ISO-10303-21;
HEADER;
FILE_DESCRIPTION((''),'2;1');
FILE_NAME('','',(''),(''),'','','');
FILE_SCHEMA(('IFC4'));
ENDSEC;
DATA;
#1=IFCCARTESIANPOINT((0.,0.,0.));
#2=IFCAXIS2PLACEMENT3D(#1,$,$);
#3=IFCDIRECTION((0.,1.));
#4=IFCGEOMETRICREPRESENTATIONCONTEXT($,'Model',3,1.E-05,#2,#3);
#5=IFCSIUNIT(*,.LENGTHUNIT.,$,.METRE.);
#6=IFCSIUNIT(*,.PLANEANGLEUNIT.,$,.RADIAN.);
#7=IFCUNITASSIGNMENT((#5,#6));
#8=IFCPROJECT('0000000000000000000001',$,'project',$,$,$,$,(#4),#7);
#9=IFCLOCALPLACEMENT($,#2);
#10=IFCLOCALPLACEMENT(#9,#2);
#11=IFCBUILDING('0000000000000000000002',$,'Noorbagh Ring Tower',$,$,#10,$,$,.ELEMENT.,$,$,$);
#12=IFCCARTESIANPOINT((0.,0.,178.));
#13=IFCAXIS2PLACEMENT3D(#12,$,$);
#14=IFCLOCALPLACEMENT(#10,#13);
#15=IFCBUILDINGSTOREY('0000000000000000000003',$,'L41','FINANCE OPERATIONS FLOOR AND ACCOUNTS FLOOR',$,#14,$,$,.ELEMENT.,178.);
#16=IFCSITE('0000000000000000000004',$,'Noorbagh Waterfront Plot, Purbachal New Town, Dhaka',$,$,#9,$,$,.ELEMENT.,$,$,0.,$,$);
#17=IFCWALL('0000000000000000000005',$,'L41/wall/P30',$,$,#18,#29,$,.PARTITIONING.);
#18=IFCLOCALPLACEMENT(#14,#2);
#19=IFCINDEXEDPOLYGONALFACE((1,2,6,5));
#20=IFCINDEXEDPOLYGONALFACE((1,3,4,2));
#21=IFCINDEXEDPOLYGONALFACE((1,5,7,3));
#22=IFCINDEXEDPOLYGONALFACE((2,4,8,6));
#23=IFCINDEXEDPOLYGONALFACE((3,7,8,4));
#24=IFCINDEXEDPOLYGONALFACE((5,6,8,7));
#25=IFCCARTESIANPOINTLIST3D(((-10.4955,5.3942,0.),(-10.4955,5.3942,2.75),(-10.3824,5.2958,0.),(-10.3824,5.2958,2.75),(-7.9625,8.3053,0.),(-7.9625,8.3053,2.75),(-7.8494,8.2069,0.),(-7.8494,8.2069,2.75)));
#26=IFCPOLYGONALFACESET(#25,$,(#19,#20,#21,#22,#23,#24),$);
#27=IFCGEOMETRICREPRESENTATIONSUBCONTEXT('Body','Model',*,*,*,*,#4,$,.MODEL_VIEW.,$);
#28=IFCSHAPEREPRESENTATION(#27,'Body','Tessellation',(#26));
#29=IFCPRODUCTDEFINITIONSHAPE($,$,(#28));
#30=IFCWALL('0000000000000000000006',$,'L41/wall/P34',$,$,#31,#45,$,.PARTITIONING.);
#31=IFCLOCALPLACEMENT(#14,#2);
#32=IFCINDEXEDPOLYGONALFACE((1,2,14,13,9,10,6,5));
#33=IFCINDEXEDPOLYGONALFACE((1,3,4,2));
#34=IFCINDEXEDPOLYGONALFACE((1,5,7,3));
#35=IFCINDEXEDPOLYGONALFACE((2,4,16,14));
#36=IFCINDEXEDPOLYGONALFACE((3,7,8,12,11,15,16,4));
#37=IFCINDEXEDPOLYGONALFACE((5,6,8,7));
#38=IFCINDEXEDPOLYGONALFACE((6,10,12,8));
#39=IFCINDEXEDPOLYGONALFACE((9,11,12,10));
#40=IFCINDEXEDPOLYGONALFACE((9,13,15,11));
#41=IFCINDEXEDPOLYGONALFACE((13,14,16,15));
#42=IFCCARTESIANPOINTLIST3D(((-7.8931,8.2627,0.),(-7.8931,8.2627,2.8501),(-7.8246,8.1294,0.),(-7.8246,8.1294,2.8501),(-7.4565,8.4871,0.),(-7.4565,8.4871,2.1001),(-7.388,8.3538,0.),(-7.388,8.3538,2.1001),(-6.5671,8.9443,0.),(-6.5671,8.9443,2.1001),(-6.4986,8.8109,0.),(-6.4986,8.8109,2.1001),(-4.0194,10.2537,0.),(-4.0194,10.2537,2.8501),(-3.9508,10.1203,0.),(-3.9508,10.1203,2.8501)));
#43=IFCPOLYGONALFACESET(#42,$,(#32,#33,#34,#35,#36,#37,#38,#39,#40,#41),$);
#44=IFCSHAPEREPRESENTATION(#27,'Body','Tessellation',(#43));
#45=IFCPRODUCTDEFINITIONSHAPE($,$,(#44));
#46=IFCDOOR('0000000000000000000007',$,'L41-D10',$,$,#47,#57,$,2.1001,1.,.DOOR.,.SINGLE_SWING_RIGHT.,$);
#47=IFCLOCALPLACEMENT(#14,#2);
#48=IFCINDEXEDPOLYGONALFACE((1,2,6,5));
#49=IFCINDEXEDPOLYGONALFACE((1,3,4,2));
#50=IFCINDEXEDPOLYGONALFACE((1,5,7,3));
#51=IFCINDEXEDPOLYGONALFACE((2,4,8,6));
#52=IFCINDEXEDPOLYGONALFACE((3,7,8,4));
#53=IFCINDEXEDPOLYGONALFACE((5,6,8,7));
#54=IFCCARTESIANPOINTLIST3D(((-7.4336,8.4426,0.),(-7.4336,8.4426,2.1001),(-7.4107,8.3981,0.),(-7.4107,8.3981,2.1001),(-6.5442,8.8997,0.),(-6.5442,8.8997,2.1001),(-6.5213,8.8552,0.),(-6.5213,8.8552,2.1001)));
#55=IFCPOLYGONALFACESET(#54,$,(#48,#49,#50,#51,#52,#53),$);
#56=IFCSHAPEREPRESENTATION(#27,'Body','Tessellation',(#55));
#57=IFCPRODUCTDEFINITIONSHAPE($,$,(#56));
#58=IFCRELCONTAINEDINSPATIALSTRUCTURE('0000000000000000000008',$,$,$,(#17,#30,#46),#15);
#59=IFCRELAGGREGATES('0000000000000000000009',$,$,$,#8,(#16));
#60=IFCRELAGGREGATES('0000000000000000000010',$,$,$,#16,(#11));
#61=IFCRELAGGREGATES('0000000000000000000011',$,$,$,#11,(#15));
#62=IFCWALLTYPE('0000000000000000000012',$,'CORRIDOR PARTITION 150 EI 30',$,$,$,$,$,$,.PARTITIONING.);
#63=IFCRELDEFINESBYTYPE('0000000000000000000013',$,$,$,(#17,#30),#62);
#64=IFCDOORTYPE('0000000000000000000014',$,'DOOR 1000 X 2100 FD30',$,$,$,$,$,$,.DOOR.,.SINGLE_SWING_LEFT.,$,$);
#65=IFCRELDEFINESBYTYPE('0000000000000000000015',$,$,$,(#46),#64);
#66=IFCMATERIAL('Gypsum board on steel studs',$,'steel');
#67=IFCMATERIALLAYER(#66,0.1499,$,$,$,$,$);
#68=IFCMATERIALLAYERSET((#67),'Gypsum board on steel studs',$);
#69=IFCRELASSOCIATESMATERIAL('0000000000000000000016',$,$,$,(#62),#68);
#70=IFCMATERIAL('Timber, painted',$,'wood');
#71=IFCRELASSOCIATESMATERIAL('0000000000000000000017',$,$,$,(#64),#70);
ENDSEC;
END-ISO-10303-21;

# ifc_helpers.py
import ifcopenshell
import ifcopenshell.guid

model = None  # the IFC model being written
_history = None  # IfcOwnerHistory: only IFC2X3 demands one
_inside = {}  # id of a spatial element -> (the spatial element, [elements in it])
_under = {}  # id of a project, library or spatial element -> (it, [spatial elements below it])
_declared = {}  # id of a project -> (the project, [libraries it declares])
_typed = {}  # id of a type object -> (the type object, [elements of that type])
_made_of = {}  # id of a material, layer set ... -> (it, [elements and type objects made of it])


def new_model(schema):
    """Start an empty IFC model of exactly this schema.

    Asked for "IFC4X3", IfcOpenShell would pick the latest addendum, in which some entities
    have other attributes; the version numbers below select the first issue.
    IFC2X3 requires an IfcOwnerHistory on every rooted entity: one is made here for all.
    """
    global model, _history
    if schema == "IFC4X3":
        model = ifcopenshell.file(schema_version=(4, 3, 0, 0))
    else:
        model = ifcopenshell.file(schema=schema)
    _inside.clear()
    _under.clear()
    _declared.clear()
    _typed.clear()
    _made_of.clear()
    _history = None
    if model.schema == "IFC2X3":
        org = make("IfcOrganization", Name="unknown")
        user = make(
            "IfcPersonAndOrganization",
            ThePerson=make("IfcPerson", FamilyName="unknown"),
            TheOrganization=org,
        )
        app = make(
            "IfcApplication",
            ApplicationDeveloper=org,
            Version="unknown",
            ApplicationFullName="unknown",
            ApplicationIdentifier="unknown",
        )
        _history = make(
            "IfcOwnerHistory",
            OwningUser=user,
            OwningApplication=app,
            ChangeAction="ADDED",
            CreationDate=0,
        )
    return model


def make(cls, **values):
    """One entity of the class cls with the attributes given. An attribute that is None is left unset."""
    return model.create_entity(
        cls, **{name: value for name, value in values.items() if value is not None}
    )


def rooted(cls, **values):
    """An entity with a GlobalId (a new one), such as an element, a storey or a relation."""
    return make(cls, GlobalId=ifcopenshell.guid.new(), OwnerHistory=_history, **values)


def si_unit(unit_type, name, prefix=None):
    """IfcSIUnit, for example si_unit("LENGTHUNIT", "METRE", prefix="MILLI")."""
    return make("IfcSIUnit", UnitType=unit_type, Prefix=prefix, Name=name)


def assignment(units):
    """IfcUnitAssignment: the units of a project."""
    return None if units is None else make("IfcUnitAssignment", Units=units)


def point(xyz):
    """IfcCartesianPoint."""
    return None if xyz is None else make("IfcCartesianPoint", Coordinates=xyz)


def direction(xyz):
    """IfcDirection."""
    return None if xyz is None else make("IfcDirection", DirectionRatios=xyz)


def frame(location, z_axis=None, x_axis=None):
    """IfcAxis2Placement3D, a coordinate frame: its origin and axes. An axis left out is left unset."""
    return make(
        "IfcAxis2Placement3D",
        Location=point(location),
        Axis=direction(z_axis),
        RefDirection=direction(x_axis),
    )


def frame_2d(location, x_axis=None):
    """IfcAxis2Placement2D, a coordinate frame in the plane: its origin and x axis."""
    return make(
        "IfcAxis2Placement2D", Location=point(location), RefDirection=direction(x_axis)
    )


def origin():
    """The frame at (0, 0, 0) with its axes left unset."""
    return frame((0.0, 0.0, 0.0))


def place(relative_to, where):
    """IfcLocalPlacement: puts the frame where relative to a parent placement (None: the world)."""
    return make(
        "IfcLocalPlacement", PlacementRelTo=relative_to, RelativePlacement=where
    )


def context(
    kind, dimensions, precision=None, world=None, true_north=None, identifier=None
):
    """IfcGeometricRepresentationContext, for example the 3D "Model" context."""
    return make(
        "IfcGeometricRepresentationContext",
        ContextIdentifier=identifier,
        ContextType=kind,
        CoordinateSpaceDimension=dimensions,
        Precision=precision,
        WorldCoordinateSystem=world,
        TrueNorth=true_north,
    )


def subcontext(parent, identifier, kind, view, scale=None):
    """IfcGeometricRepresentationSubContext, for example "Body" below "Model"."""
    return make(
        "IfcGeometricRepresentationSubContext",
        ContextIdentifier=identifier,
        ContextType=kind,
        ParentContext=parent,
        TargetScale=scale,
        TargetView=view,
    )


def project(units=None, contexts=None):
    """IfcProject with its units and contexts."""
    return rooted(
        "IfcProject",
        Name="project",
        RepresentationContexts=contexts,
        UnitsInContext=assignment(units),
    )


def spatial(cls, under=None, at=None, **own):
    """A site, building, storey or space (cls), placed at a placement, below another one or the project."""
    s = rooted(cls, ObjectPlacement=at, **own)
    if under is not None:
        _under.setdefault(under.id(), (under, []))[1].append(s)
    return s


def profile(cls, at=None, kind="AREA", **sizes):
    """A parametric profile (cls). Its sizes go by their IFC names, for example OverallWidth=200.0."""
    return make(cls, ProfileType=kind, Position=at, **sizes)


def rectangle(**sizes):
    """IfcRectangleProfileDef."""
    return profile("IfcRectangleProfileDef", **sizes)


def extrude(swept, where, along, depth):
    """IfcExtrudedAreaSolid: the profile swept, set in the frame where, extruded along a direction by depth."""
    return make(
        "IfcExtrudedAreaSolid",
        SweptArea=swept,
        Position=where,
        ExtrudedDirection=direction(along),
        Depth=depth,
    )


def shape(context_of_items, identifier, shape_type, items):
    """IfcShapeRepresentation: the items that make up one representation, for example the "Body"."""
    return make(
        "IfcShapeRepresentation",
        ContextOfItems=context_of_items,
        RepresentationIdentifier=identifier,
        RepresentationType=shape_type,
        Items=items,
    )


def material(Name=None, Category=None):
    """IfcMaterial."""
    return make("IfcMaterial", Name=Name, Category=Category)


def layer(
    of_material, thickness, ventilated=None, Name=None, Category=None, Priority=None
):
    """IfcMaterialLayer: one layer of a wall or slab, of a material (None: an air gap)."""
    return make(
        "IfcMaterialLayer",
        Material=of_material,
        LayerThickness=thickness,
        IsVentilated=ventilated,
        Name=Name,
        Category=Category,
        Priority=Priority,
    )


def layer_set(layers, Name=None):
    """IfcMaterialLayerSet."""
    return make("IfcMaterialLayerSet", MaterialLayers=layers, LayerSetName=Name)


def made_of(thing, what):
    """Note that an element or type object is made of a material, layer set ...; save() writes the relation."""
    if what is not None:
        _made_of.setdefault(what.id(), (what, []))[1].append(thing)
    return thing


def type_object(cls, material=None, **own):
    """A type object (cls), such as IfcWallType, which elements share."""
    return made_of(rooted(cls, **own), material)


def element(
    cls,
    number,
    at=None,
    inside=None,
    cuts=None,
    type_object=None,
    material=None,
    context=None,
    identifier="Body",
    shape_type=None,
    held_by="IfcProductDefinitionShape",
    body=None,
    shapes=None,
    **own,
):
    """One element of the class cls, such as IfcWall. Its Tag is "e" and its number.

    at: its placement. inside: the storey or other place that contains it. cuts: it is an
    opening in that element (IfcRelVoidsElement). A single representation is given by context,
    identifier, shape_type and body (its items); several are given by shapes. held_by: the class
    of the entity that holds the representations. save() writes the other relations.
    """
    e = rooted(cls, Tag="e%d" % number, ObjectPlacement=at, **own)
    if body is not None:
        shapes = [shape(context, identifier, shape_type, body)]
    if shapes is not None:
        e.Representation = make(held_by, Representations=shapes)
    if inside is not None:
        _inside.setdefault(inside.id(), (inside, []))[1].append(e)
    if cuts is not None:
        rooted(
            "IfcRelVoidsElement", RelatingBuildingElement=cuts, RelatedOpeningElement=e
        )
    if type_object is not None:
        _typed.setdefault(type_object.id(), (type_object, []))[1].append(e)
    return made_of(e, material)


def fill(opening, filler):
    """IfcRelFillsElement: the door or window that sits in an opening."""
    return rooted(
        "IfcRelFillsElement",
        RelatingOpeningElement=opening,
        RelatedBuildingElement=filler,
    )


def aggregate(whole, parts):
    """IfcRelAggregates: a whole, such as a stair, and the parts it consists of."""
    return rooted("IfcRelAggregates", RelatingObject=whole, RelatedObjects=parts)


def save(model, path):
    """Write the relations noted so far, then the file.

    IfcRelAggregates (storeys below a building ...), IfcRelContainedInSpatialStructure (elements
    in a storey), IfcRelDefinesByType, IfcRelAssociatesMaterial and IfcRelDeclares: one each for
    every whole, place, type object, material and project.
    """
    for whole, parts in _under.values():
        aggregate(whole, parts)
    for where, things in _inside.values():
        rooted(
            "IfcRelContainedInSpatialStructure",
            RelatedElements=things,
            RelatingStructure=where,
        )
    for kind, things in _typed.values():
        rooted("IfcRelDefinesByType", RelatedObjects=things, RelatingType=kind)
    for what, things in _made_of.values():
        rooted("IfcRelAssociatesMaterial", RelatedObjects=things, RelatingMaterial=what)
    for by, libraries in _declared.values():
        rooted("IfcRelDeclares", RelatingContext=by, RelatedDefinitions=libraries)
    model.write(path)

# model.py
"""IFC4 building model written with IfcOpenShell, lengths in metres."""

from ifc_helpers import new_model, si_unit, direction, frame, frame_2d, origin, place, context, subcontext, project, spatial, rectangle, extrude, material, layer, layer_set, type_object, element, fill, save


model = new_model("IFC4")

# Units and contexts
model_context = context("Model", 3, precision=1e-05, world=origin(), true_north=direction((0.0, 1.0)))
body_context = subcontext(model_context, "Body", "Model", "MODEL_VIEW")
ifc_project = project(units=[si_unit("LENGTHUNIT", "METRE"), si_unit("PLANEANGLEUNIT", "RADIAN")], contexts=[model_context])

# Site, building, storey
site_placement = place(None, origin())
site = spatial("IfcSite", under=ifc_project, at=site_placement, Name="Noorbagh Waterfront Plot, Purbachal New Town, Dhaka", CompositionType="ELEMENT", RefElevation=0.0)
building_placement = place(site_placement, origin())
building = spatial("IfcBuilding", under=site, at=building_placement, Name="Noorbagh Ring Tower", CompositionType="ELEMENT")
storey_placement = place(building_placement, frame((0.0, 0.0, 178.0)))
storey = spatial("IfcBuildingStorey", under=building, at=storey_placement, Name="L41", Description="FINANCE OPERATIONS FLOOR AND ACCOUNTS FLOOR", CompositionType="ELEMENT", Elevation=178.0)

# Shared definitions
ifc_material_1 = material(Name="Gypsum board on steel studs", Category="steel")
ifc_layer_1 = layer(ifc_material_1, 0.1499)
ifc_layer_set_1 = layer_set([ifc_layer_1], Name="Gypsum board on steel studs")
wall_type_1 = type_object("IfcWallType", Name="CORRIDOR PARTITION 150 EI 30", PredefinedType="PARTITIONING", material=ifc_layer_set_1)
ifc_material_2 = material(Name="Timber, painted", Category="wood")
door_type_1 = type_object("IfcDoorType", Name="DOOR 1000 X 2100 FD30", OperationType="SINGLE_SWING_LEFT", PredefinedType="DOOR", material=ifc_material_2)

# Wall
wall_1_placement = place(storey_placement, frame((-10.439, 5.345, 0.0), z_axis=(0.0, 0.0, 1.0), x_axis=(0.656406, 0.754408, 0.0)))
element("IfcWall", 1, at=wall_1_placement, inside=storey, type_object=wall_type_1, Name="L41/wall/P30", PredefinedType="PARTITIONING", context=body_context, shape_type="SweptSolid", body=[
    extrude(rectangle(XDim=3.8589, YDim=0.1499, at=frame_2d((1.9294, 0.0))), origin(), (0.0, 0.0, 1.0), 2.75),
])

# Wall, opening, door
wall_2_placement = place(storey_placement, frame((-7.8589, 8.196, 0.0), z_axis=(0.0, 0.0, 1.0), x_axis=(0.889406, 0.457119, 0.0)))
wall_2 = element("IfcWall", 2, at=wall_2_placement, inside=storey, type_object=wall_type_1, Name="L41/wall/P34", PredefinedType="PARTITIONING", context=body_context, shape_type="SweptSolid", body=[
    extrude(rectangle(XDim=4.3555, YDim=0.1499, at=frame_2d((2.1777, 0.0))), origin(), (0.0, 0.0, 1.0), 2.8501),
])
opening_1_placement = place(wall_2_placement, frame((0.491, 0.0, 0.0)))
opening_1 = element("IfcOpeningElement", 3, at=opening_1_placement, cuts=wall_2, PredefinedType="OPENING", context=body_context, shape_type="SweptSolid", body=[
    extrude(rectangle(XDim=1.0, YDim=2.1001, at=frame_2d((0.5, 1.05))), frame((0.0, 0.085, 0.0), z_axis=(0.0, -1.0, 0.0), x_axis=(1.0, 0.0, 0.0)), (0.0, 0.0, 1.0), 0.1699),
])
door_1_placement = place(opening_1_placement, origin())
door_1 = element("IfcDoor", 4, at=door_1_placement, inside=storey, type_object=door_type_1, Name="L41-D10", OperationType="SINGLE_SWING_RIGHT", OverallHeight=2.1001, OverallWidth=1.0, PredefinedType="DOOR", context=body_context, shape_type="SweptSolid", body=[
    extrude(rectangle(XDim=1.0, YDim=2.1001, at=frame_2d((0.5, 1.05))), frame((0.0, 0.0249, 0.0), z_axis=(0.0, -1.0, 0.0), x_axis=(1.0, 0.0, 0.0)), (0.0, 0.0, 1.0), 0.05),
])
fill(opening_1, door_1)

save(model, "model.ifc")
